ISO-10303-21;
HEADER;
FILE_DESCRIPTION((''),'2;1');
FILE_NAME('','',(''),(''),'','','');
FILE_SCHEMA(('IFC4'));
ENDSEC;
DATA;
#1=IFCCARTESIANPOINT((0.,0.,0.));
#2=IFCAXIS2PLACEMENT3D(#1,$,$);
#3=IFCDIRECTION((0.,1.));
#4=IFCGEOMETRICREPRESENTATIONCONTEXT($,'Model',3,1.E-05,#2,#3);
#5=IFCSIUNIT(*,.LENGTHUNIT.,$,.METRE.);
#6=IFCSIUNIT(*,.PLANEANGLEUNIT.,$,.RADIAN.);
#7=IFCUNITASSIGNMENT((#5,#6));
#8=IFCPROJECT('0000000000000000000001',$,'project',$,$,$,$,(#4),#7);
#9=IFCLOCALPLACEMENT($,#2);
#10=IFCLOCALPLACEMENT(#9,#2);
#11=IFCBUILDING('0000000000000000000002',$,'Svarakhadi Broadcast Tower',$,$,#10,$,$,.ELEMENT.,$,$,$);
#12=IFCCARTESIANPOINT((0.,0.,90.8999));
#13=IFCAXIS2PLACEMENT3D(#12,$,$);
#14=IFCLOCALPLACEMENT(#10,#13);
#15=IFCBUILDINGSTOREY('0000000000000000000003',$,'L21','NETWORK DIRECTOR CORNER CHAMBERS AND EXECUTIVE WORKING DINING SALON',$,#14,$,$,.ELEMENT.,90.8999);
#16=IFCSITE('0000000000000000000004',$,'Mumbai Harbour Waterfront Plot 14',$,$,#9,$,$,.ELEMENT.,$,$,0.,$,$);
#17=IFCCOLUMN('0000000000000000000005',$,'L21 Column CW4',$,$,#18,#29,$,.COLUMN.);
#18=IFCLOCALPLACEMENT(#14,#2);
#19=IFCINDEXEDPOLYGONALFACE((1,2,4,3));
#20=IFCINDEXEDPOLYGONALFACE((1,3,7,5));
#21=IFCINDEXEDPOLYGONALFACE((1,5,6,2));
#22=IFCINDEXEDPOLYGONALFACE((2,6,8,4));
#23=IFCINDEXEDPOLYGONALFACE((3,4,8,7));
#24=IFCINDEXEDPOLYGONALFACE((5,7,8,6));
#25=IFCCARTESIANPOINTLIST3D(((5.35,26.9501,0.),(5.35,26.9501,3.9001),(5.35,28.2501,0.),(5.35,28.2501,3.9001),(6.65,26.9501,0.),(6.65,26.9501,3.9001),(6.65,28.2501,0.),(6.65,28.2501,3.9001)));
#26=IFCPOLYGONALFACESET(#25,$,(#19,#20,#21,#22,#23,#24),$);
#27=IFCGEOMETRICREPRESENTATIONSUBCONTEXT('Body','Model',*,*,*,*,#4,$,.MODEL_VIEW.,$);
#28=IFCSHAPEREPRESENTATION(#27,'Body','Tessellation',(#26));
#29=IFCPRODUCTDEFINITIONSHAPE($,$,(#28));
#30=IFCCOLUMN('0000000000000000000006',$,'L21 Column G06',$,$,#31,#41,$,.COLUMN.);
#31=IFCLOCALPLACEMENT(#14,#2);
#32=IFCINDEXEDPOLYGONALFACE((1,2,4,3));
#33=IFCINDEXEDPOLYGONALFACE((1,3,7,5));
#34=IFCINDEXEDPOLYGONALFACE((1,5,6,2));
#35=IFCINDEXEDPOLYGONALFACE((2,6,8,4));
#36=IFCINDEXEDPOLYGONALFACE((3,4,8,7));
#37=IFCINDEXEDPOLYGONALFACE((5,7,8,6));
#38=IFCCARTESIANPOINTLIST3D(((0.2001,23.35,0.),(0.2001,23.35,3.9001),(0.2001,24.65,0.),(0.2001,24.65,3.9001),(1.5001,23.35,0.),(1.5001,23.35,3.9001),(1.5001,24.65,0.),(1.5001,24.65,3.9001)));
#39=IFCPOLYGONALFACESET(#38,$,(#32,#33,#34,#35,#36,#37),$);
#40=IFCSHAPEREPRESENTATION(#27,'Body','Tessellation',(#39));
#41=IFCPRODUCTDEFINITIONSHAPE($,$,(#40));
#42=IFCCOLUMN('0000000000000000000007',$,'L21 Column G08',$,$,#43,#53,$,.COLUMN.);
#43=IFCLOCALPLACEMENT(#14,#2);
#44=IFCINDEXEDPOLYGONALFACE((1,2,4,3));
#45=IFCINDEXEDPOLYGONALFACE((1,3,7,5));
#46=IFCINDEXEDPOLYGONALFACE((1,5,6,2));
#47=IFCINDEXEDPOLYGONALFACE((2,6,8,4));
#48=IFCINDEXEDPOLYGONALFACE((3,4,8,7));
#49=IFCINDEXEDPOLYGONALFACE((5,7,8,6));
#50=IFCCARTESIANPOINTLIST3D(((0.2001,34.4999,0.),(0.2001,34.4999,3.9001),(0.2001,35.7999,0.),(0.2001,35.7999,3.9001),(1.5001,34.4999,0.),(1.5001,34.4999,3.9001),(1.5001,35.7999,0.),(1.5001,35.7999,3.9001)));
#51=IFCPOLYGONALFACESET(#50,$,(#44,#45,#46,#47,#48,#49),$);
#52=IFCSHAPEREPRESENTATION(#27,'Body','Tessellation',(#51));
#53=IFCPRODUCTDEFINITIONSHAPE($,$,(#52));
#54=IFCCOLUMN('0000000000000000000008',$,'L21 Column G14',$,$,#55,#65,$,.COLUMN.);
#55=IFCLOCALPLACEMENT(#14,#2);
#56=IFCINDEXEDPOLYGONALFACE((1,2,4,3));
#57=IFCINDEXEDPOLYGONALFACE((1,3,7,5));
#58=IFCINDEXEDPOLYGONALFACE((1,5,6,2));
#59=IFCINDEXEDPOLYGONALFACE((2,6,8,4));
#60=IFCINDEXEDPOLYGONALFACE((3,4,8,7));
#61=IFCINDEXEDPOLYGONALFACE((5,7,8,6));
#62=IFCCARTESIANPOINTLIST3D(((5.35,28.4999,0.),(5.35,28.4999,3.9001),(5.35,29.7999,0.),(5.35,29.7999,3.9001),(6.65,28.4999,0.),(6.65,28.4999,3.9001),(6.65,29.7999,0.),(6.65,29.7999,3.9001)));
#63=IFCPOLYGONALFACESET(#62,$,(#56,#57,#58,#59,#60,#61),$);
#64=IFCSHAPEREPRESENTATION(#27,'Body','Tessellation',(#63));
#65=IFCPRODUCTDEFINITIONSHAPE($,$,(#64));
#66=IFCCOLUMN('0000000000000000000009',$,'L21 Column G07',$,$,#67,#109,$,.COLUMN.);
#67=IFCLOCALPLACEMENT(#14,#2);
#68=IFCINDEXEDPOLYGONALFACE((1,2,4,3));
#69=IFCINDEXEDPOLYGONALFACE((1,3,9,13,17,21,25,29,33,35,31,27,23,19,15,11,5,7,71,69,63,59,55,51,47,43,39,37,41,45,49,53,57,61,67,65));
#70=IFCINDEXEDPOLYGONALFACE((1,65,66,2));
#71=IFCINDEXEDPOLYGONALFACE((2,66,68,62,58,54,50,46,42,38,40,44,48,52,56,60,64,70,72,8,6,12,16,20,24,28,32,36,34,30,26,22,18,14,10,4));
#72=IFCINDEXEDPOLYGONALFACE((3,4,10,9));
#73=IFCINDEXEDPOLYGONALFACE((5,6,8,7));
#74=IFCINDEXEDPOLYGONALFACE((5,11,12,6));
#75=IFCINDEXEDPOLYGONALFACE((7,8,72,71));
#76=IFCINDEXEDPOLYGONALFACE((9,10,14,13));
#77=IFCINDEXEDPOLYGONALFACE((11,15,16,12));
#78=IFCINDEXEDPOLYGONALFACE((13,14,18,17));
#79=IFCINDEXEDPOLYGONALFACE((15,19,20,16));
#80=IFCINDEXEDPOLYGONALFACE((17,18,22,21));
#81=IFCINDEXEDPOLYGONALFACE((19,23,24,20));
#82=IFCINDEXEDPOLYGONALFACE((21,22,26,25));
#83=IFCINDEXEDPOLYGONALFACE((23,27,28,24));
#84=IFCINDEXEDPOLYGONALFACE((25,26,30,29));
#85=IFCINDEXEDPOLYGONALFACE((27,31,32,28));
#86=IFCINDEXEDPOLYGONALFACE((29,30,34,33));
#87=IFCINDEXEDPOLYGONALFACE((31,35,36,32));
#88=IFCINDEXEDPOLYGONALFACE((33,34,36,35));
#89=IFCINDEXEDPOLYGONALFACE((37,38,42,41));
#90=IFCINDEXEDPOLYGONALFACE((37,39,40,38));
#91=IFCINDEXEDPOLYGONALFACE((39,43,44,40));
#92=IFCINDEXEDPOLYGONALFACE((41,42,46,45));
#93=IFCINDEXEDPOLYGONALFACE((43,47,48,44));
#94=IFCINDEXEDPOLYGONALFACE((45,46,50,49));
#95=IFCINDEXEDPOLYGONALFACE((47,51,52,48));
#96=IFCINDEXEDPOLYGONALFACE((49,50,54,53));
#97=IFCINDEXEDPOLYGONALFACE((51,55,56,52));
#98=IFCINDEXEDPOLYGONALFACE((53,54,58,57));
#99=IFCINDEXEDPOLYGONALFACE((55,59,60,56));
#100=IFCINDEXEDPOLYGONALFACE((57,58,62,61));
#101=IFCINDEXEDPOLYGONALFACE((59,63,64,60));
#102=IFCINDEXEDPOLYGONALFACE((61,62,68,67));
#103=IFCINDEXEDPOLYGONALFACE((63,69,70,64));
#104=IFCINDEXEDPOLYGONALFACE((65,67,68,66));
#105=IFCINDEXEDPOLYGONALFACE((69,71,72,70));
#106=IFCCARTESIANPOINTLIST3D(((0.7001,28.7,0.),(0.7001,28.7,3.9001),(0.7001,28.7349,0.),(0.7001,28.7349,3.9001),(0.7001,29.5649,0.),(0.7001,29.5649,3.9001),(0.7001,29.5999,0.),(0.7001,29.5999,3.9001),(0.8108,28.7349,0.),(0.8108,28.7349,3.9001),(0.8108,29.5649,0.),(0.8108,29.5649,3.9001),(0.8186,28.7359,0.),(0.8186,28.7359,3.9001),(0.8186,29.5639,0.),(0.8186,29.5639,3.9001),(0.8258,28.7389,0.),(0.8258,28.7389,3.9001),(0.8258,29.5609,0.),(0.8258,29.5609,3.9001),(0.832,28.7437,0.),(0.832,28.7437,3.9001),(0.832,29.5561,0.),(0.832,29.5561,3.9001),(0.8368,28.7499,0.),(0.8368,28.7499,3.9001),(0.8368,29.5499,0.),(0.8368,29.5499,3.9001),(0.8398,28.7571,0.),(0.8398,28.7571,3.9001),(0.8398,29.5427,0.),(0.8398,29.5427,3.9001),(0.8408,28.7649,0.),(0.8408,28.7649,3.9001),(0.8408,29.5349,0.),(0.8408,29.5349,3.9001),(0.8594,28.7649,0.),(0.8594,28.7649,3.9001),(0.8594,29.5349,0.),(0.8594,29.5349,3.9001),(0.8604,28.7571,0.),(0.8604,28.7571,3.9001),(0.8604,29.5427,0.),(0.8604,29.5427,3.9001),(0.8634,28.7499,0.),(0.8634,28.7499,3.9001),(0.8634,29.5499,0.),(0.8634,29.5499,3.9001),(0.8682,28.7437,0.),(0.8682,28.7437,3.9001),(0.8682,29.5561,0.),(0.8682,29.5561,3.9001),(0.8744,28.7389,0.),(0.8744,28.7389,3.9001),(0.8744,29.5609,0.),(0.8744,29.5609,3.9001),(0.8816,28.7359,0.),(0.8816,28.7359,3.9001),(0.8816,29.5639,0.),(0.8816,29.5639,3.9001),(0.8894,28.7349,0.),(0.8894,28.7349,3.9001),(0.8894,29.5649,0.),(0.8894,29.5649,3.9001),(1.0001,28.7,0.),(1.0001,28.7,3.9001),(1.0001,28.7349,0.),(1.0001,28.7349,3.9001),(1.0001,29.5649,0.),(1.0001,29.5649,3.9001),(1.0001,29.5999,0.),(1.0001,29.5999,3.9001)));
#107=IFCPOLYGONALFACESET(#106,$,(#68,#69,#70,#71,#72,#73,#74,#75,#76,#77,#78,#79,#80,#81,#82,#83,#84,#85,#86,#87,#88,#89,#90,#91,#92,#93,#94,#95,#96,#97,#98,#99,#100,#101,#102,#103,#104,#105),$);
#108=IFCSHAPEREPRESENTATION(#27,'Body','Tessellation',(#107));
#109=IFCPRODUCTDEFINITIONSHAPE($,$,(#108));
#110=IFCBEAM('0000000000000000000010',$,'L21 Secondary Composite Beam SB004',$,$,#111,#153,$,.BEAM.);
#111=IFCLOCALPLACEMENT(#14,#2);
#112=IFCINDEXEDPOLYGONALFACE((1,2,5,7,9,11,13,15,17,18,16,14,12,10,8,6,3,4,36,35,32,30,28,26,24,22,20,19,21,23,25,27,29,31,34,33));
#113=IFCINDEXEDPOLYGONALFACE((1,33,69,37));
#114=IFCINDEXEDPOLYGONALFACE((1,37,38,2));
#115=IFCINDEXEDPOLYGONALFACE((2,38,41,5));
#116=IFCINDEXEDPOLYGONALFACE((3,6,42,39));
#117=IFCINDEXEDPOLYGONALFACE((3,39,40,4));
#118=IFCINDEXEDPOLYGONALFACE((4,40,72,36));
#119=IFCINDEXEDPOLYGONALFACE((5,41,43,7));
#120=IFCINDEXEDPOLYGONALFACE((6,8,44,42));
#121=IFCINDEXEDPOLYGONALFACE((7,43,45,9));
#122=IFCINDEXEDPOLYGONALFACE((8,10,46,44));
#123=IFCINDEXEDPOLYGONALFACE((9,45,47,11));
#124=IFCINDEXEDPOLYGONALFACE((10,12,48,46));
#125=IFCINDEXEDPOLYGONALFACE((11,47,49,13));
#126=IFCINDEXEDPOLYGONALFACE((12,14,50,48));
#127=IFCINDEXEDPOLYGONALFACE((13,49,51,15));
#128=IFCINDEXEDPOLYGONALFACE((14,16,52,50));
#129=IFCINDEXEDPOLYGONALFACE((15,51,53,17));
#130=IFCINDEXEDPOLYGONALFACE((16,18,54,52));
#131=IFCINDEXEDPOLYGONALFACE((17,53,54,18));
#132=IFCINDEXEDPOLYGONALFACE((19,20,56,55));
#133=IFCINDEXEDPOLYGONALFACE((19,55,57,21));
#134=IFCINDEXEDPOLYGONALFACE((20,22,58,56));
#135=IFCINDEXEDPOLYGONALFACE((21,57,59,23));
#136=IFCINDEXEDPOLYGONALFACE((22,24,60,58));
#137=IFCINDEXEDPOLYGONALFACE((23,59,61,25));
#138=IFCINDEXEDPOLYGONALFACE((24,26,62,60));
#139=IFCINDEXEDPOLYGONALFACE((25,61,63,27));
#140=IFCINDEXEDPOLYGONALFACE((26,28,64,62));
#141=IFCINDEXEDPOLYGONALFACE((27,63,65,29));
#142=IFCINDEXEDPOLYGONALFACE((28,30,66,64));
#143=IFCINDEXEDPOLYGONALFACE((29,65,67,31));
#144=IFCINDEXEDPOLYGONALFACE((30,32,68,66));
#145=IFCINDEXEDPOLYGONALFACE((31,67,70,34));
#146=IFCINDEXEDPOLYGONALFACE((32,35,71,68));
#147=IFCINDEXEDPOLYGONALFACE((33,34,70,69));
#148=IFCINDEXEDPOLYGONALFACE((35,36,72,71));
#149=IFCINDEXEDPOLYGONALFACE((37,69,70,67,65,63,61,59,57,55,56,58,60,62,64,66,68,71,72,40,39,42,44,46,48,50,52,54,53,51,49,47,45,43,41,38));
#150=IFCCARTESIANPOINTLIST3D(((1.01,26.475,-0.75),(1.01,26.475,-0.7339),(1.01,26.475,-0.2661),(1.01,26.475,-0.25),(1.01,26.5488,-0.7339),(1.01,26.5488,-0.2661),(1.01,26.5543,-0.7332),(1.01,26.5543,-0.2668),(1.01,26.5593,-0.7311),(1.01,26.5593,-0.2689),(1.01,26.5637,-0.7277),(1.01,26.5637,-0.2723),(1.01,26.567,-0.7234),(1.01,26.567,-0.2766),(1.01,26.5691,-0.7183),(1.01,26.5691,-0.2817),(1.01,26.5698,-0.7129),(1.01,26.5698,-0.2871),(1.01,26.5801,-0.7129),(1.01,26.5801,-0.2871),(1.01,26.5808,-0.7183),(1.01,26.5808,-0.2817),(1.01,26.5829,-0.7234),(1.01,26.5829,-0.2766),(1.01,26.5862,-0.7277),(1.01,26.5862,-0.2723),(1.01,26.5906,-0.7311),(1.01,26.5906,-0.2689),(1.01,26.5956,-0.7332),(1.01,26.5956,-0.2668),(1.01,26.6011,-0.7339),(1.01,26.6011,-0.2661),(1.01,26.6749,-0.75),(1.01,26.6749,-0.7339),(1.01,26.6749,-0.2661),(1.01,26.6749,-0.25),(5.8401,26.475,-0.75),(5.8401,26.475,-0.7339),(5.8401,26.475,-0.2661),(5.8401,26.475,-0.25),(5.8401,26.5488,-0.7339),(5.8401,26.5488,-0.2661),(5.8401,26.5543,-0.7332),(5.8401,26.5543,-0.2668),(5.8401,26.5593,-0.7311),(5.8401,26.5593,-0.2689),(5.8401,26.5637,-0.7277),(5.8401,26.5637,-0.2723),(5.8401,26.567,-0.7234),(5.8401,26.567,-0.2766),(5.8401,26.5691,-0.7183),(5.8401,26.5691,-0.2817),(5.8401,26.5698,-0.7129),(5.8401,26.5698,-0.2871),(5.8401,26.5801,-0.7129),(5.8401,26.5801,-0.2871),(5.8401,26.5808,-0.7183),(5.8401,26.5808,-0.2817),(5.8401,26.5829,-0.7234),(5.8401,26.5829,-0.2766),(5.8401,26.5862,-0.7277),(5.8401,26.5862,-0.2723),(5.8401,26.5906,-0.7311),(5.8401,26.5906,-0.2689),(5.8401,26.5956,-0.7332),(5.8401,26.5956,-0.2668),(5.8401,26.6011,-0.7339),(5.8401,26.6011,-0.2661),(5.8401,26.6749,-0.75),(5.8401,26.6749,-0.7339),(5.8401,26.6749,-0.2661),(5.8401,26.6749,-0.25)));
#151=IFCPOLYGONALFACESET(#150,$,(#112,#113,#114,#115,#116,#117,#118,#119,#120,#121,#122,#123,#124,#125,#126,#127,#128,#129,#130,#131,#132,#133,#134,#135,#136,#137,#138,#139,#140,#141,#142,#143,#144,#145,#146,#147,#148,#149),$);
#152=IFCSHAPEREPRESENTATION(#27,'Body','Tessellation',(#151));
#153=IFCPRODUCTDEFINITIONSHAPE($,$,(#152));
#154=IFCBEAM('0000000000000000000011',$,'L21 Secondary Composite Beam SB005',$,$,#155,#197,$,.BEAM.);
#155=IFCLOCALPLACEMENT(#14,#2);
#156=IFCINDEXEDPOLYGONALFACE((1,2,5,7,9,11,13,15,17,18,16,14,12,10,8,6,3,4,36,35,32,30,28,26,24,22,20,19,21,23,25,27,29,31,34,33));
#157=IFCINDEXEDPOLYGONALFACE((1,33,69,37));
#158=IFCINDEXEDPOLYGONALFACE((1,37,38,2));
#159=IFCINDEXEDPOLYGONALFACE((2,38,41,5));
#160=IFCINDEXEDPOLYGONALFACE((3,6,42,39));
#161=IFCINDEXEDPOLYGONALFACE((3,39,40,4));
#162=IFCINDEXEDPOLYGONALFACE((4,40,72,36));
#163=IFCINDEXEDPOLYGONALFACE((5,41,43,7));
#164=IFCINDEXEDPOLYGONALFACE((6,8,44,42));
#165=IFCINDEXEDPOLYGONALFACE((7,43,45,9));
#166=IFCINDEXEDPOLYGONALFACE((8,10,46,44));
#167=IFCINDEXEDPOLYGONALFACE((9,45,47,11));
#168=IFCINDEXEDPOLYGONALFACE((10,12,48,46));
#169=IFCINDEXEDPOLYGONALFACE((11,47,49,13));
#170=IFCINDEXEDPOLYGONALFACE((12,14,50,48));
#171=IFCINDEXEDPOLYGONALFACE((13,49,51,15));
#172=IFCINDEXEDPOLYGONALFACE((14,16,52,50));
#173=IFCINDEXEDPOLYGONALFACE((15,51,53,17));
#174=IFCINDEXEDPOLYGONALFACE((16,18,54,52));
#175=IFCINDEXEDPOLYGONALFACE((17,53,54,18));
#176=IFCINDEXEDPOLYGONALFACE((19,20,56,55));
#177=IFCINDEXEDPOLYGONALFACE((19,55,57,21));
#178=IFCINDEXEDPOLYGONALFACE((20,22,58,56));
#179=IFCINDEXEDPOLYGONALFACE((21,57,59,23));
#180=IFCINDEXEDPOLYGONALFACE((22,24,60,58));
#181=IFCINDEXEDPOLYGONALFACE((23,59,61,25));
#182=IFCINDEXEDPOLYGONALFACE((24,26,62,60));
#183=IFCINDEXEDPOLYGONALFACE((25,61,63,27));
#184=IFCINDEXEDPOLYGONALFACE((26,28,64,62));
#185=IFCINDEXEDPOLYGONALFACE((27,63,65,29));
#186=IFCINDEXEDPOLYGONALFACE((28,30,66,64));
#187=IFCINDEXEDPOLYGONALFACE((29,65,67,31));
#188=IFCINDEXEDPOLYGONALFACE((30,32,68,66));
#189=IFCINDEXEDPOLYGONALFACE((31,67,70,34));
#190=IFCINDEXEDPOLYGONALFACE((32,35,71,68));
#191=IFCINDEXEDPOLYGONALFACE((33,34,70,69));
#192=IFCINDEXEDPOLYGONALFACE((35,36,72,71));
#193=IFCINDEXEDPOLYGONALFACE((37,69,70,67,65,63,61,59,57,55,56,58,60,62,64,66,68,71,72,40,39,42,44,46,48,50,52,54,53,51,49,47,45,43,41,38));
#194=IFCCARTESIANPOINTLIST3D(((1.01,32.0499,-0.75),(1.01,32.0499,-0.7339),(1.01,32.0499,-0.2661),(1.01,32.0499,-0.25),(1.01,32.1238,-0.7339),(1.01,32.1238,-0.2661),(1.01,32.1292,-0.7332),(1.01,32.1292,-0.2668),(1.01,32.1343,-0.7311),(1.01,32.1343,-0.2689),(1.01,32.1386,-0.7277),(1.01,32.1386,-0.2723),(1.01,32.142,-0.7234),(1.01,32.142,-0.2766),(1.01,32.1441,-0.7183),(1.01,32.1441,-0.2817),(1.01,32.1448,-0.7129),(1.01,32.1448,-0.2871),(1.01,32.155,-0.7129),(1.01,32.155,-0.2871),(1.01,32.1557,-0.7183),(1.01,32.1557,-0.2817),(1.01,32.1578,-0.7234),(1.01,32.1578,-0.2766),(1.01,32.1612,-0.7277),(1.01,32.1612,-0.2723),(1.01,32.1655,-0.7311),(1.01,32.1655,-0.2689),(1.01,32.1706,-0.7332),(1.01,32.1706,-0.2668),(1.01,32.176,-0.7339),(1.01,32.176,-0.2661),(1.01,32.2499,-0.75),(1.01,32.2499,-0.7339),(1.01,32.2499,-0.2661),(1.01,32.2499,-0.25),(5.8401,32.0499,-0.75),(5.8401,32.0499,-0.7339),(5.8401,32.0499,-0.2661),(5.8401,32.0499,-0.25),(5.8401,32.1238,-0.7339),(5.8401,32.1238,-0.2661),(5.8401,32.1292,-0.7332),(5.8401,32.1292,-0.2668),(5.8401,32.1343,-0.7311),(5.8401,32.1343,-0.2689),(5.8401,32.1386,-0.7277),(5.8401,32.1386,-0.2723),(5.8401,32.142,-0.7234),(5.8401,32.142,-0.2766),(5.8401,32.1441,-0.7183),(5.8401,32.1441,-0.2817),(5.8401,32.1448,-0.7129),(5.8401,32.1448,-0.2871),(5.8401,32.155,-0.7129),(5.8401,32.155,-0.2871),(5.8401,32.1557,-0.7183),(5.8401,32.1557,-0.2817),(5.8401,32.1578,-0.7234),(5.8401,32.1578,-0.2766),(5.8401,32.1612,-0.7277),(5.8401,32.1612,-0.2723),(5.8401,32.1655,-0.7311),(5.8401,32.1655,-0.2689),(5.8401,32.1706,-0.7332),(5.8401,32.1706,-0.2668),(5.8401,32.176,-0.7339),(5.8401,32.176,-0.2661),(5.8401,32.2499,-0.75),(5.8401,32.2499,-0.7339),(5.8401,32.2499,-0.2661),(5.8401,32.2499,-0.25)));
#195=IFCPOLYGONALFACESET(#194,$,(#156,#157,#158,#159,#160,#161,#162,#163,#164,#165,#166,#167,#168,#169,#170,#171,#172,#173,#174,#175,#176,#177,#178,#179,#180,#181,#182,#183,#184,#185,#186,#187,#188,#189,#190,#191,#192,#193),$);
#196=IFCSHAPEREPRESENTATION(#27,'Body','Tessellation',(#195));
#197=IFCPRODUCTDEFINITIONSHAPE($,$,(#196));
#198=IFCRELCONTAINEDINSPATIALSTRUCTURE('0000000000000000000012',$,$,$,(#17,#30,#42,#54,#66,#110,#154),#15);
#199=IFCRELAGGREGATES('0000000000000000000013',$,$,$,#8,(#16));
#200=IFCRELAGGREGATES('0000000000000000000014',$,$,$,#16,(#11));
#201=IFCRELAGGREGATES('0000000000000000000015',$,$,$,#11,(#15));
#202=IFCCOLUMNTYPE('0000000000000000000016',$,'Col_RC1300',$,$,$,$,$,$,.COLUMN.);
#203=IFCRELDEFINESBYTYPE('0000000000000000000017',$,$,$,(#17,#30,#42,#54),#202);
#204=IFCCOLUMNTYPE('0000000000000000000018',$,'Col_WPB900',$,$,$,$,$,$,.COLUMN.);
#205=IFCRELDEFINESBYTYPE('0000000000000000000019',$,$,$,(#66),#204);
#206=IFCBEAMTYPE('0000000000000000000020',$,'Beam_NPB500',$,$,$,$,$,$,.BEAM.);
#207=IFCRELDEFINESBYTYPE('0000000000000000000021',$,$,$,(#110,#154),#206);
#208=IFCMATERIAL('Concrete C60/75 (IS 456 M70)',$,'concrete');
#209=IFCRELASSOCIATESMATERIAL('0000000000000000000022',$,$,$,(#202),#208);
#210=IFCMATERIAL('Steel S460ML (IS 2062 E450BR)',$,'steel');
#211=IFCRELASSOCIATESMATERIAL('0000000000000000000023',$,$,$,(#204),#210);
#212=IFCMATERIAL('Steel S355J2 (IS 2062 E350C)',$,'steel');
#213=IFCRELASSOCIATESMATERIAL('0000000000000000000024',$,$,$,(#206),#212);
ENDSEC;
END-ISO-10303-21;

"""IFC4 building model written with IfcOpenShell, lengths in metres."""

from ifc_helpers import new_model, si_unit, direction, frame, origin, origin_2d, place, context, subcontext, project, spatial, rectangle, i_section, extrude, material, material_profile, profile_set, type_object, element, save


model = new_model("IFC4")

# Units and contexts
model_context = context("Model", 3, precision=1e-05, world=origin(), true_north=direction((0.0, 1.0)))
body_context = subcontext(model_context, "Body", "Model", "MODEL_VIEW")
ifc_project = project(units=[si_unit("LENGTHUNIT", "METRE"), si_unit("PLANEANGLEUNIT", "RADIAN")], contexts=[model_context])

# Site, building, storey
site_placement = place(None, origin())
site = spatial("IfcSite", under=ifc_project, at=site_placement, Name="Mumbai Harbour Waterfront Plot 14", CompositionType="ELEMENT", RefElevation=0.0)
building_placement = place(site_placement, origin())
building = spatial("IfcBuilding", under=site, at=building_placement, Name="Svarakhadi Broadcast Tower", CompositionType="ELEMENT")
storey_placement = place(building_placement, frame((0.0, 0.0, 90.8999)))
storey = spatial("IfcBuildingStorey", under=building, at=storey_placement, Name="L21", Description="NETWORK DIRECTOR CORNER CHAMBERS AND EXECUTIVE WORKING DINING SALON", CompositionType="ELEMENT", Elevation=90.8999)

# Columns
ifc_material_1 = material(Name="Concrete C60/75 (IS 456 M70)", Category="concrete")
ifc_material_profile_1 = material_profile(ifc_material_1, rectangle(XDim=1.3, YDim=1.3, at=origin_2d()), Name="RC 1300x1300")
ifc_profile_set_1 = profile_set([ifc_material_profile_1], Name="Concrete C60/75 (IS 456 M70)")
column_type_1 = type_object("IfcColumnType", Name="Col_RC1300", PredefinedType="COLUMN", material=ifc_profile_set_1)
for number, where, z_axis, x_axis, name in (
    (1, (6.0, 27.6001, 0.0), (0.0, 0.0, 1.0), (1.0, 0.0, 0.0), "L21 Column CW4"),
    (2, (0.8501, 24.0, 0.0), (0.0, 0.0, 1.0), (1.0, 0.0, 0.0), "L21 Column G06"),
    (3, (0.8501, 35.1499, 0.0), (0.0, 0.0, 1.0), (1.0, 0.0, 0.0), "L21 Column G08"),
    (4, (6.0, 29.1499, 0.0), (0.0, 0.0, 1.0), (1.0, 0.0, 0.0), "L21 Column G14"),
):
    element("IfcColumn", number, at=place(storey_placement, frame(where, z_axis=z_axis, x_axis=x_axis)), inside=storey, type_object=column_type_1, Name=name, PredefinedType="COLUMN", context=body_context, shape_type="SweptSolid", body=[
        extrude(rectangle(XDim=1.3, YDim=1.3, at=origin_2d()), origin(), (0.0, 0.0, 1.0), 3.9001),
    ])
ifc_material_2 = material(Name="Steel S460ML (IS 2062 E450BR)", Category="steel")
ifc_material_profile_2 = material_profile(ifc_material_2, i_section(OverallWidth=0.3, OverallDepth=0.8999, WebThickness=0.0186, FlangeThickness=0.0349, FilletRadius=0.03, at=origin_2d()), Name="WPB 900x300x291")
ifc_profile_set_2 = profile_set([ifc_material_profile_2], Name="Steel S460ML (IS 2062 E450BR)")
column_type_2 = type_object("IfcColumnType", Name="Col_WPB900", PredefinedType="COLUMN", material=ifc_profile_set_2)
column_placement = place(storey_placement, frame((0.8501, 29.1499, 0.0), z_axis=(0.0, 0.0, 1.0), x_axis=(1.0, 0.0, 0.0)))
element("IfcColumn", 5, at=column_placement, inside=storey, type_object=column_type_2, Name="L21 Column G07", PredefinedType="COLUMN", context=body_context, shape_type="SweptSolid", body=[
    extrude(i_section(OverallWidth=0.3, OverallDepth=0.8999, WebThickness=0.0186, FlangeThickness=0.0349, FilletRadius=0.03, at=origin_2d()), origin(), (0.0, 0.0, 1.0), 3.9001),
])

# Beams
ifc_material_3 = material(Name="Steel S355J2 (IS 2062 E350C)", Category="steel")
ifc_material_profile_3 = material_profile(ifc_material_3, i_section(OverallWidth=0.2, OverallDepth=0.5, WebThickness=0.0103, FlangeThickness=0.0161, FilletRadius=0.021, at=origin_2d()), Name="NPB 500x200x91")
ifc_profile_set_3 = profile_set([ifc_material_profile_3], Name="Steel S355J2 (IS 2062 E350C)")
beam_type_1 = type_object("IfcBeamType", Name="Beam_NPB500", PredefinedType="BEAM", material=ifc_profile_set_3)
for number, where, z_axis, x_axis, name in (
    (6, (1.01, 26.575, -0.5), (1.0, 0.0, 0.0), (0.0, 1.0, 0.0), "L21 Secondary Composite Beam SB004"),
    (7, (1.01, 32.1499, -0.5), (1.0, 0.0, 0.0), (0.0, 1.0, 0.0), "L21 Secondary Composite Beam SB005"),
):
    element("IfcBeam", number, at=place(storey_placement, frame(where, z_axis=z_axis, x_axis=x_axis)), inside=storey, type_object=beam_type_1, Name=name, PredefinedType="BEAM", context=body_context, shape_type="SweptSolid", body=[
        extrude(i_section(OverallWidth=0.2, OverallDepth=0.5, WebThickness=0.0103, FlangeThickness=0.0161, FilletRadius=0.021, at=origin_2d()), origin(), (0.0, 0.0, 1.0), 4.8301),
    ])

save(model, "model.ifc")
